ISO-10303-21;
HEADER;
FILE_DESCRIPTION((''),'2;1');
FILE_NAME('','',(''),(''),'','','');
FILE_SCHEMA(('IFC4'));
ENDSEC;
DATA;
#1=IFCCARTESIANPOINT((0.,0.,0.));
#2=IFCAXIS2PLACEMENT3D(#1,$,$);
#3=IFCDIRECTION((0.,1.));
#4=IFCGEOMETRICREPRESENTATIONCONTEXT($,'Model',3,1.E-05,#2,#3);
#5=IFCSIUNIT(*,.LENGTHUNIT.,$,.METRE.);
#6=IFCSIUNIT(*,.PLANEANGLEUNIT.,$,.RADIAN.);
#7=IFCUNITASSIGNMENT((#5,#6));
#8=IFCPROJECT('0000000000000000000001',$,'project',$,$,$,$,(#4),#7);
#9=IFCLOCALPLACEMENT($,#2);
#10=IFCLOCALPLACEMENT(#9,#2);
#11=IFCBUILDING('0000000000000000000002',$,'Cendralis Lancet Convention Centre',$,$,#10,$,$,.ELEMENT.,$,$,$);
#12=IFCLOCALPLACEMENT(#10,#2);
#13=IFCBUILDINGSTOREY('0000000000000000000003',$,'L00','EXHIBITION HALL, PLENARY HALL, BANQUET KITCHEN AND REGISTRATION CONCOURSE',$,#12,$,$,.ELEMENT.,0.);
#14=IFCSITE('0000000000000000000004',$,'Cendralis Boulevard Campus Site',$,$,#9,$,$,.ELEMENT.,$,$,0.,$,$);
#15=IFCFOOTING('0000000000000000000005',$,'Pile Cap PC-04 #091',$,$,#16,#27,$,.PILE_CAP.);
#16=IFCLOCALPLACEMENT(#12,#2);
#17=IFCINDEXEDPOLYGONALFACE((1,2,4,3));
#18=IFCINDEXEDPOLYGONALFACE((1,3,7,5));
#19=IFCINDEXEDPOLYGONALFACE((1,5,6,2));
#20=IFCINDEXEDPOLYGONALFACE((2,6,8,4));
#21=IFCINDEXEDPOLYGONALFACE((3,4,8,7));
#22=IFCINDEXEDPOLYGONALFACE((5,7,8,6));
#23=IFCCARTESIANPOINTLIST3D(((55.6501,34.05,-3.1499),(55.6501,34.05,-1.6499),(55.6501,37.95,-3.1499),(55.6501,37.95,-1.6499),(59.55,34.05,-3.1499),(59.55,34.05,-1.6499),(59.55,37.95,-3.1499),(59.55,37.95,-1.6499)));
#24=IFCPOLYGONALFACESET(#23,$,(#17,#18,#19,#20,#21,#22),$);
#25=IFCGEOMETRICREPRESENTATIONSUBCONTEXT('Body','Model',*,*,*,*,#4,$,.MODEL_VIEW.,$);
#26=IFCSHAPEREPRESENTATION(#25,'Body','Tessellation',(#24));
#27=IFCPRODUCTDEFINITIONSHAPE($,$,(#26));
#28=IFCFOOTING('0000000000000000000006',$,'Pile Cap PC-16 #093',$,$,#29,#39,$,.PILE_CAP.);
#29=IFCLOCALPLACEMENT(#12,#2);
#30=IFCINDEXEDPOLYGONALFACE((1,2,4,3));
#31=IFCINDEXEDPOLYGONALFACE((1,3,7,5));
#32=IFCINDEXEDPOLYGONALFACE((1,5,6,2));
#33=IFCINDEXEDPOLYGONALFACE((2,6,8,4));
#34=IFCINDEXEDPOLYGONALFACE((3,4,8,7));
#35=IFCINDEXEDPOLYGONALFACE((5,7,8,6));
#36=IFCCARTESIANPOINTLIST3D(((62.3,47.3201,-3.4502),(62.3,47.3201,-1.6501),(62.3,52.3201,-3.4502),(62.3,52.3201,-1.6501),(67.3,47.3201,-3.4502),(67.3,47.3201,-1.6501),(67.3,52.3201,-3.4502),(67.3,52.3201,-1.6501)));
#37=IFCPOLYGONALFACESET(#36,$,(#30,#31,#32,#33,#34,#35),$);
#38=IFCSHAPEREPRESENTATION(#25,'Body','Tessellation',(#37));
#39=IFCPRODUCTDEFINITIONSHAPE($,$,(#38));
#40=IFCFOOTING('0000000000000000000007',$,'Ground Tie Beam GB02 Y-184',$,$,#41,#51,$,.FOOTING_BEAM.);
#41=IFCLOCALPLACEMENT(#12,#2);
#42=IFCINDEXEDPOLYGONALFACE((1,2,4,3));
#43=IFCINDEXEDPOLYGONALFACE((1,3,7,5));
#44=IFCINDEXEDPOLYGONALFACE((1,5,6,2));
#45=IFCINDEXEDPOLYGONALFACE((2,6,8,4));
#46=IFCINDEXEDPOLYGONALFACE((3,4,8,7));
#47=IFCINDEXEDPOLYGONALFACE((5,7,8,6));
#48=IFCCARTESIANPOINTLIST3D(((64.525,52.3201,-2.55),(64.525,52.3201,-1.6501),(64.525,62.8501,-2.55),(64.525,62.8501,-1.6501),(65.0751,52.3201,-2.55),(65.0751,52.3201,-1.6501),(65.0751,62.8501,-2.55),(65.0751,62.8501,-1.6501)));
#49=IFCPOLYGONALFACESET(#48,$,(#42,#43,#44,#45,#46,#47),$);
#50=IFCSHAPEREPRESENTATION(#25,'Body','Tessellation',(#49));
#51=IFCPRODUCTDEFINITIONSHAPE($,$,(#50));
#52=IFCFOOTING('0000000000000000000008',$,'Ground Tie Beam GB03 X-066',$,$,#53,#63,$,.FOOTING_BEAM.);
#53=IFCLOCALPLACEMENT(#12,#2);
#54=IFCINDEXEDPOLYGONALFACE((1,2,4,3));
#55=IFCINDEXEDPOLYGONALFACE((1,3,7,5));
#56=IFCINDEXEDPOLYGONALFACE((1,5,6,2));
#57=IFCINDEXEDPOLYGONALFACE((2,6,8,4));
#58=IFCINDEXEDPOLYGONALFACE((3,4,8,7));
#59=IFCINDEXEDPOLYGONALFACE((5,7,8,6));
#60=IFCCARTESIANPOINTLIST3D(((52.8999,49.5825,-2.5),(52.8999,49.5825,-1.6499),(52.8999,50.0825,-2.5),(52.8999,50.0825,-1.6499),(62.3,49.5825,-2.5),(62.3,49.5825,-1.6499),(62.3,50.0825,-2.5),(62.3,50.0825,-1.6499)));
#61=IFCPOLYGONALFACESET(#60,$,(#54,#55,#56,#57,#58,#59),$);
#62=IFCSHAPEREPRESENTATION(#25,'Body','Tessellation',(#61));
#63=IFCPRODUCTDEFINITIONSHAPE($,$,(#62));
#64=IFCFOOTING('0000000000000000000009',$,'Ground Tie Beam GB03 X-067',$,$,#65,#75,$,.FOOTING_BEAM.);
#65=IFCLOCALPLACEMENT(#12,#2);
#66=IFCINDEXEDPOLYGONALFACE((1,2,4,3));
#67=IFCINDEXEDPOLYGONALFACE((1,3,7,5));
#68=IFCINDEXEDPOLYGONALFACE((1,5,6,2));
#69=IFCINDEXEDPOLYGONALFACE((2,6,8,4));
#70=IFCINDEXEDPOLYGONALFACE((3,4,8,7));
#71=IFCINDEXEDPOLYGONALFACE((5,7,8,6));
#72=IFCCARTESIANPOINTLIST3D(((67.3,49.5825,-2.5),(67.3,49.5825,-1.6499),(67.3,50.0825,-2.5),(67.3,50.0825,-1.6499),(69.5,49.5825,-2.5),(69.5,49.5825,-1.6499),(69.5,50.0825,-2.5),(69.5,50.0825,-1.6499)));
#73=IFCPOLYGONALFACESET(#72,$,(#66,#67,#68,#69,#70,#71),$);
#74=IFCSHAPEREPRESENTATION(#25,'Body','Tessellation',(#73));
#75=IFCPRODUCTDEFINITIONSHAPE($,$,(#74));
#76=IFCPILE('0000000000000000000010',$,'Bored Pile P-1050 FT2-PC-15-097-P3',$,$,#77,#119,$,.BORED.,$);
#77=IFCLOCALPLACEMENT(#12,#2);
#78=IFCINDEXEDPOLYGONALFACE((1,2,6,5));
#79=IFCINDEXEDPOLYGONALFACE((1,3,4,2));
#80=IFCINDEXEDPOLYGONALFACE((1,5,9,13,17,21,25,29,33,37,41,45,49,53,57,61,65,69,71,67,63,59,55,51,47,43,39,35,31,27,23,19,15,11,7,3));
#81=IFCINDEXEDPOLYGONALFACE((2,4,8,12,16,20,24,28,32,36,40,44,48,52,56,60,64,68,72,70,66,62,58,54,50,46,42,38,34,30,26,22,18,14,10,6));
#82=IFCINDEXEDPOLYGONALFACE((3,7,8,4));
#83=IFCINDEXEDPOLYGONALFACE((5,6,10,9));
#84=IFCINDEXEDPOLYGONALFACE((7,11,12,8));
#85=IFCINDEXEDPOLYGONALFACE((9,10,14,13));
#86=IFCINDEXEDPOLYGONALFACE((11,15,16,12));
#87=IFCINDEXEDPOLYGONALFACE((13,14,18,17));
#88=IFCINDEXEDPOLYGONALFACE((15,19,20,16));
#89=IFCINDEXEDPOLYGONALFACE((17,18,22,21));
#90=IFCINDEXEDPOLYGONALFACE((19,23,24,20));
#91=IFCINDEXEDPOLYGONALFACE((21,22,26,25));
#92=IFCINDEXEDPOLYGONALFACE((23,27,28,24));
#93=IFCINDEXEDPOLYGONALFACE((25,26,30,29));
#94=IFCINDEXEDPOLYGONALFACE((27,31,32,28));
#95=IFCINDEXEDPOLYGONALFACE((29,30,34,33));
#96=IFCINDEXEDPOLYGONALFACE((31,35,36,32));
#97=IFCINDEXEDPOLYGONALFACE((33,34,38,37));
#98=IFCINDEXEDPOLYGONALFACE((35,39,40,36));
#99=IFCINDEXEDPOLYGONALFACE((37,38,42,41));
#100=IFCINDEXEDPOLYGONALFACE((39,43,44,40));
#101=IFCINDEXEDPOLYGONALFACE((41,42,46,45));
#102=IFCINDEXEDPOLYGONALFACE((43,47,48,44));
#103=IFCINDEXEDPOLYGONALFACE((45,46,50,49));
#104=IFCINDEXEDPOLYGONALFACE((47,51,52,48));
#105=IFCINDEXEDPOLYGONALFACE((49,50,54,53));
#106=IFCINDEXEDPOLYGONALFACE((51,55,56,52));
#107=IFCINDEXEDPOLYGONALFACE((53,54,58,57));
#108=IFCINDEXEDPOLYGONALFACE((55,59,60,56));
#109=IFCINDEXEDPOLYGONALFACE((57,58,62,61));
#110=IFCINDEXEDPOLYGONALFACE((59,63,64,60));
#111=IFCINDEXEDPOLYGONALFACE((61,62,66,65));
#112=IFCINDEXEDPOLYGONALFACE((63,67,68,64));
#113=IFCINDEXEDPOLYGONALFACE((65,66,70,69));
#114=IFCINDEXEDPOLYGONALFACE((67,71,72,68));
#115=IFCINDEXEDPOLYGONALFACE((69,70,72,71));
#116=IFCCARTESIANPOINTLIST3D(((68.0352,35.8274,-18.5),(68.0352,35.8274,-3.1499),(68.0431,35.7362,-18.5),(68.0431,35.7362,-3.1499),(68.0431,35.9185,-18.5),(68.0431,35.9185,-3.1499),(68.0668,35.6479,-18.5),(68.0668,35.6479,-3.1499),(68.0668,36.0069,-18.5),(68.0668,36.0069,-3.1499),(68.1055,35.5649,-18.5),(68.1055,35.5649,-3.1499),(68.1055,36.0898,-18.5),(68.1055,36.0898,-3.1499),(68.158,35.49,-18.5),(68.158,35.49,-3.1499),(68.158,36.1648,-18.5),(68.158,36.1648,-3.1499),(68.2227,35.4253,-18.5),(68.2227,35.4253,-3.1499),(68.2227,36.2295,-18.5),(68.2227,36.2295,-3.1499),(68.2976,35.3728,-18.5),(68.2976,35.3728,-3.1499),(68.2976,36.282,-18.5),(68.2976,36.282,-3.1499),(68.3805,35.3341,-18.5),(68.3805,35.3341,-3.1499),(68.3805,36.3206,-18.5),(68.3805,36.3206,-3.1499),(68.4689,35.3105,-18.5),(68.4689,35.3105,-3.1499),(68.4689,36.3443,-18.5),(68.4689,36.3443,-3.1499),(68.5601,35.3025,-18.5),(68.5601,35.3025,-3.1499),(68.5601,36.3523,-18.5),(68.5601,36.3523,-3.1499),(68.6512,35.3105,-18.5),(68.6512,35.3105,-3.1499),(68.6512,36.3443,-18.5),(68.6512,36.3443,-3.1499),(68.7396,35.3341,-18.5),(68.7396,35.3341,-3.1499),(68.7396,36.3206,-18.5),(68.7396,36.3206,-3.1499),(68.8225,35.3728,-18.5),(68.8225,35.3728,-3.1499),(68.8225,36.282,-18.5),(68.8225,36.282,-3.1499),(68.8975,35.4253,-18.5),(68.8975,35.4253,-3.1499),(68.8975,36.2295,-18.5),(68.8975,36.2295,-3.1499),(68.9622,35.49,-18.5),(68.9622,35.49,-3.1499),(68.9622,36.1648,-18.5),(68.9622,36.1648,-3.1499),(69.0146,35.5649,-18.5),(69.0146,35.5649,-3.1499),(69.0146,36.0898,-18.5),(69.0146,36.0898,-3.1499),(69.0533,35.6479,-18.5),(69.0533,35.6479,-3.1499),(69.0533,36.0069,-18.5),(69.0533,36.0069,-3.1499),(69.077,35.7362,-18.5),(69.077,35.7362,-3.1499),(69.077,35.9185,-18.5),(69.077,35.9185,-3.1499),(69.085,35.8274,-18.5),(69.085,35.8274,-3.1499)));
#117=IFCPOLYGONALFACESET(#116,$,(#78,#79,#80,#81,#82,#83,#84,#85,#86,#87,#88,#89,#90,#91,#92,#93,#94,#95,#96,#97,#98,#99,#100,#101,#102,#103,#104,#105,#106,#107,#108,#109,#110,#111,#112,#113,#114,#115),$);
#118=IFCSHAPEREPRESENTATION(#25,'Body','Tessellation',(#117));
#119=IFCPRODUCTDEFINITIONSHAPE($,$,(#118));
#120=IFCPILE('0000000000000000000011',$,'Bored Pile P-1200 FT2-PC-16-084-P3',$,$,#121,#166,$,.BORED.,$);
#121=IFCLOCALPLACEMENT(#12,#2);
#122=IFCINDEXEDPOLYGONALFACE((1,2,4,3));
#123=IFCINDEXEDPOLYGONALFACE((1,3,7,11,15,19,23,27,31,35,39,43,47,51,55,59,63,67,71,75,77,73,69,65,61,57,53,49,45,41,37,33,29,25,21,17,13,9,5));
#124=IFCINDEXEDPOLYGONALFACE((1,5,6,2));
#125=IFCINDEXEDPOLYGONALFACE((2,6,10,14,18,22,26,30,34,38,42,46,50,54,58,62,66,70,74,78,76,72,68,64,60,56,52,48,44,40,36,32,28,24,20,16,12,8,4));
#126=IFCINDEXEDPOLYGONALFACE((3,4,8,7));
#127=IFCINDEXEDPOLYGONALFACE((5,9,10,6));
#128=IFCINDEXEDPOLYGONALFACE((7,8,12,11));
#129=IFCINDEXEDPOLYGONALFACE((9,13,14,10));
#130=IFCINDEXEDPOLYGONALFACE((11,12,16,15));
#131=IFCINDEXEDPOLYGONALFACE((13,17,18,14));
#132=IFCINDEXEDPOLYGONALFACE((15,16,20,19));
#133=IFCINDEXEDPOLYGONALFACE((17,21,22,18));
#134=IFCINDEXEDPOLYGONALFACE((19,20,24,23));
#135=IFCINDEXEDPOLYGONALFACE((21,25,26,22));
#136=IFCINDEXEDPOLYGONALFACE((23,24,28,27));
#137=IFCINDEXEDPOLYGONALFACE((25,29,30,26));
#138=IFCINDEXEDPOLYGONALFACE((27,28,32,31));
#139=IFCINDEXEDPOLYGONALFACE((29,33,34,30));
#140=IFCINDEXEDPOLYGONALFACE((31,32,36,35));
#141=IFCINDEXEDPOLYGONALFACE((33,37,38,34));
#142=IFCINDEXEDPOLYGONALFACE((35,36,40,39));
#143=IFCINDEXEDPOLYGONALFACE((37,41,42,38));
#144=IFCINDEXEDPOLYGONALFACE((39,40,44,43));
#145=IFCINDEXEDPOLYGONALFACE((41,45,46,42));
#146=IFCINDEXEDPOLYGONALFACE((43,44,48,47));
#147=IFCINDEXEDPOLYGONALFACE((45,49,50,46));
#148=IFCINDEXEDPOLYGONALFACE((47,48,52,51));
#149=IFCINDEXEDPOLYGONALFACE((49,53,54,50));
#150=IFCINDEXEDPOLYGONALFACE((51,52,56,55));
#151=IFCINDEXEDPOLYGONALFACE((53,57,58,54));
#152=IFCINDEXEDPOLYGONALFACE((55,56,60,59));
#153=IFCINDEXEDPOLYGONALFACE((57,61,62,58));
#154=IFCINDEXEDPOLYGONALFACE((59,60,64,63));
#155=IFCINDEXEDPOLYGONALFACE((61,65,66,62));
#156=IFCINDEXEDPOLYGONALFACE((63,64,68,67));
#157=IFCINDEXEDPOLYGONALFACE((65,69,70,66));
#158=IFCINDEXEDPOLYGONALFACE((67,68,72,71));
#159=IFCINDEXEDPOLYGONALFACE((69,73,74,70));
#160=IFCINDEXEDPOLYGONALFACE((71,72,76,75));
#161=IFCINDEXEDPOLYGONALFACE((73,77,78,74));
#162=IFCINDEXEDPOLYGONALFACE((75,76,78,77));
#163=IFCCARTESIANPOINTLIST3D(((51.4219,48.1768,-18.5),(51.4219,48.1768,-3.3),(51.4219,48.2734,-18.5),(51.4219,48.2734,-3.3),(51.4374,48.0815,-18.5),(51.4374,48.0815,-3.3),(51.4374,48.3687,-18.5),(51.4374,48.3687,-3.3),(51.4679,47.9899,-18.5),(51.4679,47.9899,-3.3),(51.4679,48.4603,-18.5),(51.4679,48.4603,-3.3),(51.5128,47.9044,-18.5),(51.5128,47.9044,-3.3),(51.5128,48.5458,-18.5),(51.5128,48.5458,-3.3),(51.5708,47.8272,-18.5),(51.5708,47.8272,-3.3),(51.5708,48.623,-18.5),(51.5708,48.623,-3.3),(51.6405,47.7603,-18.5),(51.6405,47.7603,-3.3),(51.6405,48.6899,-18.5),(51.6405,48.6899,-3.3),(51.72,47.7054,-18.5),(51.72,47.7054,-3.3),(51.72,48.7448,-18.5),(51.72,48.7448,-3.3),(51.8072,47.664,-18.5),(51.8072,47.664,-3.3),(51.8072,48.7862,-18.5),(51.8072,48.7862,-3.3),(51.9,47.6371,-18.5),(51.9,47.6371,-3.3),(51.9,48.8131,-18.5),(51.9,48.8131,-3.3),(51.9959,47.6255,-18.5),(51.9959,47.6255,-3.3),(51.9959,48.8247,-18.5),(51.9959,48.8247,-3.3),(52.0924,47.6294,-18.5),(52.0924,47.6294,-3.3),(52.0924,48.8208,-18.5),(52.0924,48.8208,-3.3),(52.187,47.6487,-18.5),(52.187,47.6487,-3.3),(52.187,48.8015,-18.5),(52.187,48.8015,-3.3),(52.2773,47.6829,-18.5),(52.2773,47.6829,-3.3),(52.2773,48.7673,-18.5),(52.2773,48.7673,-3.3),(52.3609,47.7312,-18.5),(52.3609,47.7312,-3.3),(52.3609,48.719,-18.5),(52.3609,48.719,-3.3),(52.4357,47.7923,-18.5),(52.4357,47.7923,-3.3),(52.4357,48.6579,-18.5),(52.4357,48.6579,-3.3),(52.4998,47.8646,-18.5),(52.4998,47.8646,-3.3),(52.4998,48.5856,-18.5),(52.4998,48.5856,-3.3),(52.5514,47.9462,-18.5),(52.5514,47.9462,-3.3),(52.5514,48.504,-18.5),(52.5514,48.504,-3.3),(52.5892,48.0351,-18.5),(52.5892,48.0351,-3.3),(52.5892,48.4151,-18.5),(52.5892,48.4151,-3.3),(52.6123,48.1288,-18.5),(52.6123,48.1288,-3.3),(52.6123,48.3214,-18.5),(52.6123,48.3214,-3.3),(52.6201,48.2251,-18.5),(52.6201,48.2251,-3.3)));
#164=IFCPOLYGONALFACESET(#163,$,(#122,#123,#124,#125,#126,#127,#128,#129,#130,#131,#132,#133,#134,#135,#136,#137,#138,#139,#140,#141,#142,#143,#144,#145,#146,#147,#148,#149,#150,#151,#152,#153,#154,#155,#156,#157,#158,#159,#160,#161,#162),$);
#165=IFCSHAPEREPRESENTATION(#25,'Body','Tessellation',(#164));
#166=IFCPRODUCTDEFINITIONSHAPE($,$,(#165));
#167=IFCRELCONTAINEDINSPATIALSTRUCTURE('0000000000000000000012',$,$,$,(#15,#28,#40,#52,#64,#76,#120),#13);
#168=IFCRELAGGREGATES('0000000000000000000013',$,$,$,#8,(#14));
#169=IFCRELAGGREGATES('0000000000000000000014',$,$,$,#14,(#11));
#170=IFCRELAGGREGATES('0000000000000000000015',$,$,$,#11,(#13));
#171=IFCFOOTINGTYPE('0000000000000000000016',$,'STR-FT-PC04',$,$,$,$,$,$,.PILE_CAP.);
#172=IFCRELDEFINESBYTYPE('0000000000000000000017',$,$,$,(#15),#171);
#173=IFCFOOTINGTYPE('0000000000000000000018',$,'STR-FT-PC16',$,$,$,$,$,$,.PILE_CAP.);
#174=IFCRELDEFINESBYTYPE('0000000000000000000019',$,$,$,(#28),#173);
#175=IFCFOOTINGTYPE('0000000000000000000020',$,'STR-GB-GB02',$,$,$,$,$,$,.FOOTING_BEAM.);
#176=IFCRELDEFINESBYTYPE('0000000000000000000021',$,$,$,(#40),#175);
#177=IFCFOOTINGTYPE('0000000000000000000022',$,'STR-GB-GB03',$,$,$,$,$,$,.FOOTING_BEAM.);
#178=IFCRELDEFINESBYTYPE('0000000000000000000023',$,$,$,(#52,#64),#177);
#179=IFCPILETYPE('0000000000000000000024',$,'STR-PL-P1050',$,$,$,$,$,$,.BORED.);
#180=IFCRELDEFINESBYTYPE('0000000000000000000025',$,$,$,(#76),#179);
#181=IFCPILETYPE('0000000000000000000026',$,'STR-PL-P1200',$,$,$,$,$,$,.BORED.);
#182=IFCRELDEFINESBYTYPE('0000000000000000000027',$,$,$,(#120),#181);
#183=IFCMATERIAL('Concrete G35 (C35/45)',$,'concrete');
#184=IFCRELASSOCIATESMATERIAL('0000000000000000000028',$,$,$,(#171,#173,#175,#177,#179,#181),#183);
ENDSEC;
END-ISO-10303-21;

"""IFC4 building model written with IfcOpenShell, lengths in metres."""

from ifc_helpers import new_model, si_unit, direction, frame, origin, origin_2d, place, context, subcontext, project, spatial, rectangle, circle, extrude, material, material_profile, profile_set, type_object, element, save


model = new_model("IFC4")

# Units and contexts
model_context = context("Model", 3, precision=1e-05, world=origin(), true_north=direction((0.0, 1.0)))
body_context = subcontext(model_context, "Body", "Model", "MODEL_VIEW")
ifc_project = project(units=[si_unit("LENGTHUNIT", "METRE"), si_unit("PLANEANGLEUNIT", "RADIAN")], contexts=[model_context])

# Site, building, storey
site_placement = place(None, origin())
site = spatial("IfcSite", under=ifc_project, at=site_placement, Name="Cendralis Boulevard Campus Site", CompositionType="ELEMENT", RefElevation=0.0)
building_placement = place(site_placement, origin())
building = spatial("IfcBuilding", under=site, at=building_placement, Name="Cendralis Lancet Convention Centre", CompositionType="ELEMENT")
storey_placement = place(building_placement, origin())
storey = spatial("IfcBuildingStorey", under=building, at=storey_placement, Name="L00", Description="EXHIBITION HALL, PLENARY HALL, BANQUET KITCHEN AND REGISTRATION CONCOURSE", CompositionType="ELEMENT", Elevation=0.0)

# Footings
ifc_material_1 = material(Name="Concrete G35 (C35/45)", Category="concrete")
footing_type_1 = type_object("IfcFootingType", Name="STR-FT-PC04", PredefinedType="PILE_CAP", material=ifc_material_1)
footing_1_placement = place(storey_placement, frame((57.6001, 36.0, -3.1499), z_axis=(0.0, 0.0, 1.0), x_axis=(1.0, 0.0, 0.0)))
element("IfcFooting", 1, at=footing_1_placement, inside=storey, type_object=footing_type_1, Name="Pile Cap PC-04 #091", PredefinedType="PILE_CAP", context=body_context, shape_type="SweptSolid", body=[
    extrude(rectangle(XDim=3.8999, YDim=3.8999, at=origin_2d()), origin(), (0.0, 0.0, 1.0), 1.5),
])
footing_type_2 = type_object("IfcFootingType", Name="STR-FT-PC16", PredefinedType="PILE_CAP", material=ifc_material_1)
footing_2_placement = place(storey_placement, frame((64.8, 49.8201, -3.4502), z_axis=(0.0, 0.0, 1.0), x_axis=(1.0, 0.0, 0.0)))
element("IfcFooting", 2, at=footing_2_placement, inside=storey, type_object=footing_type_2, Name="Pile Cap PC-16 #093", PredefinedType="PILE_CAP", context=body_context, shape_type="SweptSolid", body=[
    extrude(rectangle(XDim=5.0, YDim=5.0, at=origin_2d()), origin(), (0.0, 0.0, 1.0), 1.8),
])
ifc_material_profile_1 = material_profile(ifc_material_1, rectangle(XDim=0.55, YDim=0.8999, at=origin_2d()), Name="RCB 550x900")
ifc_profile_set_1 = profile_set([ifc_material_profile_1], Name="Concrete G35 (C35/45)")
footing_type_3 = type_object("IfcFootingType", Name="STR-GB-GB02", PredefinedType="FOOTING_BEAM", material=ifc_profile_set_1)
footing_3_placement = place(storey_placement, frame((64.8, 52.3201, -2.1001), z_axis=(0.0, 1.0, 0.0), x_axis=(-1.0, 0.0, 0.0)))
element("IfcFooting", 3, at=footing_3_placement, inside=storey, type_object=footing_type_3, Name="Ground Tie Beam GB02 Y-184", PredefinedType="FOOTING_BEAM", context=body_context, shape_type="SweptSolid", body=[
    extrude(rectangle(XDim=0.55, YDim=0.8999, at=origin_2d()), origin(), (0.0, 0.0, 1.0), 10.53),
])
ifc_material_profile_2 = material_profile(ifc_material_1, rectangle(XDim=0.5, YDim=0.8501, at=origin_2d()), Name="RCB 500x850")
ifc_profile_set_2 = profile_set([ifc_material_profile_2], Name="Concrete G35 (C35/45)")
footing_type_4 = type_object("IfcFootingType", Name="STR-GB-GB03", PredefinedType="FOOTING_BEAM", material=ifc_profile_set_2)
footing_4_placement = place(storey_placement, frame((52.8999, 49.8325, -2.075), z_axis=(1.0, 0.0, 0.0), x_axis=(0.0, 1.0, 0.0)))
element("IfcFooting", 4, at=footing_4_placement, inside=storey, type_object=footing_type_4, Name="Ground Tie Beam GB03 X-066", PredefinedType="FOOTING_BEAM", context=body_context, shape_type="SweptSolid", body=[
    extrude(rectangle(XDim=0.5, YDim=0.8501, at=origin_2d()), origin(), (0.0, 0.0, 1.0), 9.4001),
])
footing_5_placement = place(storey_placement, frame((67.3, 49.8325, -2.075), z_axis=(1.0, 0.0, 0.0), x_axis=(0.0, 1.0, 0.0)))
element("IfcFooting", 5, at=footing_5_placement, inside=storey, type_object=footing_type_4, Name="Ground Tie Beam GB03 X-067", PredefinedType="FOOTING_BEAM", context=body_context, shape_type="SweptSolid", body=[
    extrude(rectangle(XDim=0.5, YDim=0.8501, at=origin_2d()), origin(), (0.0, 0.0, 1.0), 2.2),
])

# Piles
ifc_material_profile_3 = material_profile(ifc_material_1, circle(Radius=0.5249, at=origin_2d()), Name="BORED PILE D1050")
ifc_profile_set_3 = profile_set([ifc_material_profile_3], Name="Concrete G35 (C35/45)")
pile_type_1 = type_object("IfcPileType", Name="STR-PL-P1050", PredefinedType="BORED", material=ifc_profile_set_3)
pile_placement = place(storey_placement, frame((68.5601, 35.8274, -3.1499), z_axis=(0.0, 0.0, -1.0), x_axis=(1.0, 0.0, 0.0)))
element("IfcPile", 6, at=pile_placement, inside=storey, type_object=pile_type_1, Name="Bored Pile P-1050 FT2-PC-15-097-P3", PredefinedType="BORED", context=body_context, shape_type="SweptSolid", body=[
    extrude(circle(Radius=0.5249, at=origin_2d()), origin(), (0.0, 0.0, 1.0), 15.3501),
])
ifc_material_profile_4 = material_profile(ifc_material_1, circle(Radius=0.6001, at=origin_2d()), Name="BORED PILE D1200")
ifc_profile_set_4 = profile_set([ifc_material_profile_4], Name="Concrete G35 (C35/45)")
pile_type_2 = type_object("IfcPileType", Name="STR-PL-P1200", PredefinedType="BORED", material=ifc_profile_set_4)
for number, where, z_axis, x_axis, name in (
    (7, (52.02, 48.2251, -3.3), (0.0, 0.0, -1.0), (1.0, 0.0, 0.0), "Bored Pile P-1200 FT2-PC-16-084-P3"),
):
    element("IfcPile", number, at=place(storey_placement, frame(where, z_axis=z_axis, x_axis=x_axis)), inside=storey, type_object=pile_type_2, Name=name, PredefinedType="BORED", context=body_context, shape_type="SweptSolid", body=[
        extrude(circle(Radius=0.6001, at=origin_2d()), origin(), (0.0, 0.0, 1.0), 15.2),
    ])

save(model, "model.ifc")
